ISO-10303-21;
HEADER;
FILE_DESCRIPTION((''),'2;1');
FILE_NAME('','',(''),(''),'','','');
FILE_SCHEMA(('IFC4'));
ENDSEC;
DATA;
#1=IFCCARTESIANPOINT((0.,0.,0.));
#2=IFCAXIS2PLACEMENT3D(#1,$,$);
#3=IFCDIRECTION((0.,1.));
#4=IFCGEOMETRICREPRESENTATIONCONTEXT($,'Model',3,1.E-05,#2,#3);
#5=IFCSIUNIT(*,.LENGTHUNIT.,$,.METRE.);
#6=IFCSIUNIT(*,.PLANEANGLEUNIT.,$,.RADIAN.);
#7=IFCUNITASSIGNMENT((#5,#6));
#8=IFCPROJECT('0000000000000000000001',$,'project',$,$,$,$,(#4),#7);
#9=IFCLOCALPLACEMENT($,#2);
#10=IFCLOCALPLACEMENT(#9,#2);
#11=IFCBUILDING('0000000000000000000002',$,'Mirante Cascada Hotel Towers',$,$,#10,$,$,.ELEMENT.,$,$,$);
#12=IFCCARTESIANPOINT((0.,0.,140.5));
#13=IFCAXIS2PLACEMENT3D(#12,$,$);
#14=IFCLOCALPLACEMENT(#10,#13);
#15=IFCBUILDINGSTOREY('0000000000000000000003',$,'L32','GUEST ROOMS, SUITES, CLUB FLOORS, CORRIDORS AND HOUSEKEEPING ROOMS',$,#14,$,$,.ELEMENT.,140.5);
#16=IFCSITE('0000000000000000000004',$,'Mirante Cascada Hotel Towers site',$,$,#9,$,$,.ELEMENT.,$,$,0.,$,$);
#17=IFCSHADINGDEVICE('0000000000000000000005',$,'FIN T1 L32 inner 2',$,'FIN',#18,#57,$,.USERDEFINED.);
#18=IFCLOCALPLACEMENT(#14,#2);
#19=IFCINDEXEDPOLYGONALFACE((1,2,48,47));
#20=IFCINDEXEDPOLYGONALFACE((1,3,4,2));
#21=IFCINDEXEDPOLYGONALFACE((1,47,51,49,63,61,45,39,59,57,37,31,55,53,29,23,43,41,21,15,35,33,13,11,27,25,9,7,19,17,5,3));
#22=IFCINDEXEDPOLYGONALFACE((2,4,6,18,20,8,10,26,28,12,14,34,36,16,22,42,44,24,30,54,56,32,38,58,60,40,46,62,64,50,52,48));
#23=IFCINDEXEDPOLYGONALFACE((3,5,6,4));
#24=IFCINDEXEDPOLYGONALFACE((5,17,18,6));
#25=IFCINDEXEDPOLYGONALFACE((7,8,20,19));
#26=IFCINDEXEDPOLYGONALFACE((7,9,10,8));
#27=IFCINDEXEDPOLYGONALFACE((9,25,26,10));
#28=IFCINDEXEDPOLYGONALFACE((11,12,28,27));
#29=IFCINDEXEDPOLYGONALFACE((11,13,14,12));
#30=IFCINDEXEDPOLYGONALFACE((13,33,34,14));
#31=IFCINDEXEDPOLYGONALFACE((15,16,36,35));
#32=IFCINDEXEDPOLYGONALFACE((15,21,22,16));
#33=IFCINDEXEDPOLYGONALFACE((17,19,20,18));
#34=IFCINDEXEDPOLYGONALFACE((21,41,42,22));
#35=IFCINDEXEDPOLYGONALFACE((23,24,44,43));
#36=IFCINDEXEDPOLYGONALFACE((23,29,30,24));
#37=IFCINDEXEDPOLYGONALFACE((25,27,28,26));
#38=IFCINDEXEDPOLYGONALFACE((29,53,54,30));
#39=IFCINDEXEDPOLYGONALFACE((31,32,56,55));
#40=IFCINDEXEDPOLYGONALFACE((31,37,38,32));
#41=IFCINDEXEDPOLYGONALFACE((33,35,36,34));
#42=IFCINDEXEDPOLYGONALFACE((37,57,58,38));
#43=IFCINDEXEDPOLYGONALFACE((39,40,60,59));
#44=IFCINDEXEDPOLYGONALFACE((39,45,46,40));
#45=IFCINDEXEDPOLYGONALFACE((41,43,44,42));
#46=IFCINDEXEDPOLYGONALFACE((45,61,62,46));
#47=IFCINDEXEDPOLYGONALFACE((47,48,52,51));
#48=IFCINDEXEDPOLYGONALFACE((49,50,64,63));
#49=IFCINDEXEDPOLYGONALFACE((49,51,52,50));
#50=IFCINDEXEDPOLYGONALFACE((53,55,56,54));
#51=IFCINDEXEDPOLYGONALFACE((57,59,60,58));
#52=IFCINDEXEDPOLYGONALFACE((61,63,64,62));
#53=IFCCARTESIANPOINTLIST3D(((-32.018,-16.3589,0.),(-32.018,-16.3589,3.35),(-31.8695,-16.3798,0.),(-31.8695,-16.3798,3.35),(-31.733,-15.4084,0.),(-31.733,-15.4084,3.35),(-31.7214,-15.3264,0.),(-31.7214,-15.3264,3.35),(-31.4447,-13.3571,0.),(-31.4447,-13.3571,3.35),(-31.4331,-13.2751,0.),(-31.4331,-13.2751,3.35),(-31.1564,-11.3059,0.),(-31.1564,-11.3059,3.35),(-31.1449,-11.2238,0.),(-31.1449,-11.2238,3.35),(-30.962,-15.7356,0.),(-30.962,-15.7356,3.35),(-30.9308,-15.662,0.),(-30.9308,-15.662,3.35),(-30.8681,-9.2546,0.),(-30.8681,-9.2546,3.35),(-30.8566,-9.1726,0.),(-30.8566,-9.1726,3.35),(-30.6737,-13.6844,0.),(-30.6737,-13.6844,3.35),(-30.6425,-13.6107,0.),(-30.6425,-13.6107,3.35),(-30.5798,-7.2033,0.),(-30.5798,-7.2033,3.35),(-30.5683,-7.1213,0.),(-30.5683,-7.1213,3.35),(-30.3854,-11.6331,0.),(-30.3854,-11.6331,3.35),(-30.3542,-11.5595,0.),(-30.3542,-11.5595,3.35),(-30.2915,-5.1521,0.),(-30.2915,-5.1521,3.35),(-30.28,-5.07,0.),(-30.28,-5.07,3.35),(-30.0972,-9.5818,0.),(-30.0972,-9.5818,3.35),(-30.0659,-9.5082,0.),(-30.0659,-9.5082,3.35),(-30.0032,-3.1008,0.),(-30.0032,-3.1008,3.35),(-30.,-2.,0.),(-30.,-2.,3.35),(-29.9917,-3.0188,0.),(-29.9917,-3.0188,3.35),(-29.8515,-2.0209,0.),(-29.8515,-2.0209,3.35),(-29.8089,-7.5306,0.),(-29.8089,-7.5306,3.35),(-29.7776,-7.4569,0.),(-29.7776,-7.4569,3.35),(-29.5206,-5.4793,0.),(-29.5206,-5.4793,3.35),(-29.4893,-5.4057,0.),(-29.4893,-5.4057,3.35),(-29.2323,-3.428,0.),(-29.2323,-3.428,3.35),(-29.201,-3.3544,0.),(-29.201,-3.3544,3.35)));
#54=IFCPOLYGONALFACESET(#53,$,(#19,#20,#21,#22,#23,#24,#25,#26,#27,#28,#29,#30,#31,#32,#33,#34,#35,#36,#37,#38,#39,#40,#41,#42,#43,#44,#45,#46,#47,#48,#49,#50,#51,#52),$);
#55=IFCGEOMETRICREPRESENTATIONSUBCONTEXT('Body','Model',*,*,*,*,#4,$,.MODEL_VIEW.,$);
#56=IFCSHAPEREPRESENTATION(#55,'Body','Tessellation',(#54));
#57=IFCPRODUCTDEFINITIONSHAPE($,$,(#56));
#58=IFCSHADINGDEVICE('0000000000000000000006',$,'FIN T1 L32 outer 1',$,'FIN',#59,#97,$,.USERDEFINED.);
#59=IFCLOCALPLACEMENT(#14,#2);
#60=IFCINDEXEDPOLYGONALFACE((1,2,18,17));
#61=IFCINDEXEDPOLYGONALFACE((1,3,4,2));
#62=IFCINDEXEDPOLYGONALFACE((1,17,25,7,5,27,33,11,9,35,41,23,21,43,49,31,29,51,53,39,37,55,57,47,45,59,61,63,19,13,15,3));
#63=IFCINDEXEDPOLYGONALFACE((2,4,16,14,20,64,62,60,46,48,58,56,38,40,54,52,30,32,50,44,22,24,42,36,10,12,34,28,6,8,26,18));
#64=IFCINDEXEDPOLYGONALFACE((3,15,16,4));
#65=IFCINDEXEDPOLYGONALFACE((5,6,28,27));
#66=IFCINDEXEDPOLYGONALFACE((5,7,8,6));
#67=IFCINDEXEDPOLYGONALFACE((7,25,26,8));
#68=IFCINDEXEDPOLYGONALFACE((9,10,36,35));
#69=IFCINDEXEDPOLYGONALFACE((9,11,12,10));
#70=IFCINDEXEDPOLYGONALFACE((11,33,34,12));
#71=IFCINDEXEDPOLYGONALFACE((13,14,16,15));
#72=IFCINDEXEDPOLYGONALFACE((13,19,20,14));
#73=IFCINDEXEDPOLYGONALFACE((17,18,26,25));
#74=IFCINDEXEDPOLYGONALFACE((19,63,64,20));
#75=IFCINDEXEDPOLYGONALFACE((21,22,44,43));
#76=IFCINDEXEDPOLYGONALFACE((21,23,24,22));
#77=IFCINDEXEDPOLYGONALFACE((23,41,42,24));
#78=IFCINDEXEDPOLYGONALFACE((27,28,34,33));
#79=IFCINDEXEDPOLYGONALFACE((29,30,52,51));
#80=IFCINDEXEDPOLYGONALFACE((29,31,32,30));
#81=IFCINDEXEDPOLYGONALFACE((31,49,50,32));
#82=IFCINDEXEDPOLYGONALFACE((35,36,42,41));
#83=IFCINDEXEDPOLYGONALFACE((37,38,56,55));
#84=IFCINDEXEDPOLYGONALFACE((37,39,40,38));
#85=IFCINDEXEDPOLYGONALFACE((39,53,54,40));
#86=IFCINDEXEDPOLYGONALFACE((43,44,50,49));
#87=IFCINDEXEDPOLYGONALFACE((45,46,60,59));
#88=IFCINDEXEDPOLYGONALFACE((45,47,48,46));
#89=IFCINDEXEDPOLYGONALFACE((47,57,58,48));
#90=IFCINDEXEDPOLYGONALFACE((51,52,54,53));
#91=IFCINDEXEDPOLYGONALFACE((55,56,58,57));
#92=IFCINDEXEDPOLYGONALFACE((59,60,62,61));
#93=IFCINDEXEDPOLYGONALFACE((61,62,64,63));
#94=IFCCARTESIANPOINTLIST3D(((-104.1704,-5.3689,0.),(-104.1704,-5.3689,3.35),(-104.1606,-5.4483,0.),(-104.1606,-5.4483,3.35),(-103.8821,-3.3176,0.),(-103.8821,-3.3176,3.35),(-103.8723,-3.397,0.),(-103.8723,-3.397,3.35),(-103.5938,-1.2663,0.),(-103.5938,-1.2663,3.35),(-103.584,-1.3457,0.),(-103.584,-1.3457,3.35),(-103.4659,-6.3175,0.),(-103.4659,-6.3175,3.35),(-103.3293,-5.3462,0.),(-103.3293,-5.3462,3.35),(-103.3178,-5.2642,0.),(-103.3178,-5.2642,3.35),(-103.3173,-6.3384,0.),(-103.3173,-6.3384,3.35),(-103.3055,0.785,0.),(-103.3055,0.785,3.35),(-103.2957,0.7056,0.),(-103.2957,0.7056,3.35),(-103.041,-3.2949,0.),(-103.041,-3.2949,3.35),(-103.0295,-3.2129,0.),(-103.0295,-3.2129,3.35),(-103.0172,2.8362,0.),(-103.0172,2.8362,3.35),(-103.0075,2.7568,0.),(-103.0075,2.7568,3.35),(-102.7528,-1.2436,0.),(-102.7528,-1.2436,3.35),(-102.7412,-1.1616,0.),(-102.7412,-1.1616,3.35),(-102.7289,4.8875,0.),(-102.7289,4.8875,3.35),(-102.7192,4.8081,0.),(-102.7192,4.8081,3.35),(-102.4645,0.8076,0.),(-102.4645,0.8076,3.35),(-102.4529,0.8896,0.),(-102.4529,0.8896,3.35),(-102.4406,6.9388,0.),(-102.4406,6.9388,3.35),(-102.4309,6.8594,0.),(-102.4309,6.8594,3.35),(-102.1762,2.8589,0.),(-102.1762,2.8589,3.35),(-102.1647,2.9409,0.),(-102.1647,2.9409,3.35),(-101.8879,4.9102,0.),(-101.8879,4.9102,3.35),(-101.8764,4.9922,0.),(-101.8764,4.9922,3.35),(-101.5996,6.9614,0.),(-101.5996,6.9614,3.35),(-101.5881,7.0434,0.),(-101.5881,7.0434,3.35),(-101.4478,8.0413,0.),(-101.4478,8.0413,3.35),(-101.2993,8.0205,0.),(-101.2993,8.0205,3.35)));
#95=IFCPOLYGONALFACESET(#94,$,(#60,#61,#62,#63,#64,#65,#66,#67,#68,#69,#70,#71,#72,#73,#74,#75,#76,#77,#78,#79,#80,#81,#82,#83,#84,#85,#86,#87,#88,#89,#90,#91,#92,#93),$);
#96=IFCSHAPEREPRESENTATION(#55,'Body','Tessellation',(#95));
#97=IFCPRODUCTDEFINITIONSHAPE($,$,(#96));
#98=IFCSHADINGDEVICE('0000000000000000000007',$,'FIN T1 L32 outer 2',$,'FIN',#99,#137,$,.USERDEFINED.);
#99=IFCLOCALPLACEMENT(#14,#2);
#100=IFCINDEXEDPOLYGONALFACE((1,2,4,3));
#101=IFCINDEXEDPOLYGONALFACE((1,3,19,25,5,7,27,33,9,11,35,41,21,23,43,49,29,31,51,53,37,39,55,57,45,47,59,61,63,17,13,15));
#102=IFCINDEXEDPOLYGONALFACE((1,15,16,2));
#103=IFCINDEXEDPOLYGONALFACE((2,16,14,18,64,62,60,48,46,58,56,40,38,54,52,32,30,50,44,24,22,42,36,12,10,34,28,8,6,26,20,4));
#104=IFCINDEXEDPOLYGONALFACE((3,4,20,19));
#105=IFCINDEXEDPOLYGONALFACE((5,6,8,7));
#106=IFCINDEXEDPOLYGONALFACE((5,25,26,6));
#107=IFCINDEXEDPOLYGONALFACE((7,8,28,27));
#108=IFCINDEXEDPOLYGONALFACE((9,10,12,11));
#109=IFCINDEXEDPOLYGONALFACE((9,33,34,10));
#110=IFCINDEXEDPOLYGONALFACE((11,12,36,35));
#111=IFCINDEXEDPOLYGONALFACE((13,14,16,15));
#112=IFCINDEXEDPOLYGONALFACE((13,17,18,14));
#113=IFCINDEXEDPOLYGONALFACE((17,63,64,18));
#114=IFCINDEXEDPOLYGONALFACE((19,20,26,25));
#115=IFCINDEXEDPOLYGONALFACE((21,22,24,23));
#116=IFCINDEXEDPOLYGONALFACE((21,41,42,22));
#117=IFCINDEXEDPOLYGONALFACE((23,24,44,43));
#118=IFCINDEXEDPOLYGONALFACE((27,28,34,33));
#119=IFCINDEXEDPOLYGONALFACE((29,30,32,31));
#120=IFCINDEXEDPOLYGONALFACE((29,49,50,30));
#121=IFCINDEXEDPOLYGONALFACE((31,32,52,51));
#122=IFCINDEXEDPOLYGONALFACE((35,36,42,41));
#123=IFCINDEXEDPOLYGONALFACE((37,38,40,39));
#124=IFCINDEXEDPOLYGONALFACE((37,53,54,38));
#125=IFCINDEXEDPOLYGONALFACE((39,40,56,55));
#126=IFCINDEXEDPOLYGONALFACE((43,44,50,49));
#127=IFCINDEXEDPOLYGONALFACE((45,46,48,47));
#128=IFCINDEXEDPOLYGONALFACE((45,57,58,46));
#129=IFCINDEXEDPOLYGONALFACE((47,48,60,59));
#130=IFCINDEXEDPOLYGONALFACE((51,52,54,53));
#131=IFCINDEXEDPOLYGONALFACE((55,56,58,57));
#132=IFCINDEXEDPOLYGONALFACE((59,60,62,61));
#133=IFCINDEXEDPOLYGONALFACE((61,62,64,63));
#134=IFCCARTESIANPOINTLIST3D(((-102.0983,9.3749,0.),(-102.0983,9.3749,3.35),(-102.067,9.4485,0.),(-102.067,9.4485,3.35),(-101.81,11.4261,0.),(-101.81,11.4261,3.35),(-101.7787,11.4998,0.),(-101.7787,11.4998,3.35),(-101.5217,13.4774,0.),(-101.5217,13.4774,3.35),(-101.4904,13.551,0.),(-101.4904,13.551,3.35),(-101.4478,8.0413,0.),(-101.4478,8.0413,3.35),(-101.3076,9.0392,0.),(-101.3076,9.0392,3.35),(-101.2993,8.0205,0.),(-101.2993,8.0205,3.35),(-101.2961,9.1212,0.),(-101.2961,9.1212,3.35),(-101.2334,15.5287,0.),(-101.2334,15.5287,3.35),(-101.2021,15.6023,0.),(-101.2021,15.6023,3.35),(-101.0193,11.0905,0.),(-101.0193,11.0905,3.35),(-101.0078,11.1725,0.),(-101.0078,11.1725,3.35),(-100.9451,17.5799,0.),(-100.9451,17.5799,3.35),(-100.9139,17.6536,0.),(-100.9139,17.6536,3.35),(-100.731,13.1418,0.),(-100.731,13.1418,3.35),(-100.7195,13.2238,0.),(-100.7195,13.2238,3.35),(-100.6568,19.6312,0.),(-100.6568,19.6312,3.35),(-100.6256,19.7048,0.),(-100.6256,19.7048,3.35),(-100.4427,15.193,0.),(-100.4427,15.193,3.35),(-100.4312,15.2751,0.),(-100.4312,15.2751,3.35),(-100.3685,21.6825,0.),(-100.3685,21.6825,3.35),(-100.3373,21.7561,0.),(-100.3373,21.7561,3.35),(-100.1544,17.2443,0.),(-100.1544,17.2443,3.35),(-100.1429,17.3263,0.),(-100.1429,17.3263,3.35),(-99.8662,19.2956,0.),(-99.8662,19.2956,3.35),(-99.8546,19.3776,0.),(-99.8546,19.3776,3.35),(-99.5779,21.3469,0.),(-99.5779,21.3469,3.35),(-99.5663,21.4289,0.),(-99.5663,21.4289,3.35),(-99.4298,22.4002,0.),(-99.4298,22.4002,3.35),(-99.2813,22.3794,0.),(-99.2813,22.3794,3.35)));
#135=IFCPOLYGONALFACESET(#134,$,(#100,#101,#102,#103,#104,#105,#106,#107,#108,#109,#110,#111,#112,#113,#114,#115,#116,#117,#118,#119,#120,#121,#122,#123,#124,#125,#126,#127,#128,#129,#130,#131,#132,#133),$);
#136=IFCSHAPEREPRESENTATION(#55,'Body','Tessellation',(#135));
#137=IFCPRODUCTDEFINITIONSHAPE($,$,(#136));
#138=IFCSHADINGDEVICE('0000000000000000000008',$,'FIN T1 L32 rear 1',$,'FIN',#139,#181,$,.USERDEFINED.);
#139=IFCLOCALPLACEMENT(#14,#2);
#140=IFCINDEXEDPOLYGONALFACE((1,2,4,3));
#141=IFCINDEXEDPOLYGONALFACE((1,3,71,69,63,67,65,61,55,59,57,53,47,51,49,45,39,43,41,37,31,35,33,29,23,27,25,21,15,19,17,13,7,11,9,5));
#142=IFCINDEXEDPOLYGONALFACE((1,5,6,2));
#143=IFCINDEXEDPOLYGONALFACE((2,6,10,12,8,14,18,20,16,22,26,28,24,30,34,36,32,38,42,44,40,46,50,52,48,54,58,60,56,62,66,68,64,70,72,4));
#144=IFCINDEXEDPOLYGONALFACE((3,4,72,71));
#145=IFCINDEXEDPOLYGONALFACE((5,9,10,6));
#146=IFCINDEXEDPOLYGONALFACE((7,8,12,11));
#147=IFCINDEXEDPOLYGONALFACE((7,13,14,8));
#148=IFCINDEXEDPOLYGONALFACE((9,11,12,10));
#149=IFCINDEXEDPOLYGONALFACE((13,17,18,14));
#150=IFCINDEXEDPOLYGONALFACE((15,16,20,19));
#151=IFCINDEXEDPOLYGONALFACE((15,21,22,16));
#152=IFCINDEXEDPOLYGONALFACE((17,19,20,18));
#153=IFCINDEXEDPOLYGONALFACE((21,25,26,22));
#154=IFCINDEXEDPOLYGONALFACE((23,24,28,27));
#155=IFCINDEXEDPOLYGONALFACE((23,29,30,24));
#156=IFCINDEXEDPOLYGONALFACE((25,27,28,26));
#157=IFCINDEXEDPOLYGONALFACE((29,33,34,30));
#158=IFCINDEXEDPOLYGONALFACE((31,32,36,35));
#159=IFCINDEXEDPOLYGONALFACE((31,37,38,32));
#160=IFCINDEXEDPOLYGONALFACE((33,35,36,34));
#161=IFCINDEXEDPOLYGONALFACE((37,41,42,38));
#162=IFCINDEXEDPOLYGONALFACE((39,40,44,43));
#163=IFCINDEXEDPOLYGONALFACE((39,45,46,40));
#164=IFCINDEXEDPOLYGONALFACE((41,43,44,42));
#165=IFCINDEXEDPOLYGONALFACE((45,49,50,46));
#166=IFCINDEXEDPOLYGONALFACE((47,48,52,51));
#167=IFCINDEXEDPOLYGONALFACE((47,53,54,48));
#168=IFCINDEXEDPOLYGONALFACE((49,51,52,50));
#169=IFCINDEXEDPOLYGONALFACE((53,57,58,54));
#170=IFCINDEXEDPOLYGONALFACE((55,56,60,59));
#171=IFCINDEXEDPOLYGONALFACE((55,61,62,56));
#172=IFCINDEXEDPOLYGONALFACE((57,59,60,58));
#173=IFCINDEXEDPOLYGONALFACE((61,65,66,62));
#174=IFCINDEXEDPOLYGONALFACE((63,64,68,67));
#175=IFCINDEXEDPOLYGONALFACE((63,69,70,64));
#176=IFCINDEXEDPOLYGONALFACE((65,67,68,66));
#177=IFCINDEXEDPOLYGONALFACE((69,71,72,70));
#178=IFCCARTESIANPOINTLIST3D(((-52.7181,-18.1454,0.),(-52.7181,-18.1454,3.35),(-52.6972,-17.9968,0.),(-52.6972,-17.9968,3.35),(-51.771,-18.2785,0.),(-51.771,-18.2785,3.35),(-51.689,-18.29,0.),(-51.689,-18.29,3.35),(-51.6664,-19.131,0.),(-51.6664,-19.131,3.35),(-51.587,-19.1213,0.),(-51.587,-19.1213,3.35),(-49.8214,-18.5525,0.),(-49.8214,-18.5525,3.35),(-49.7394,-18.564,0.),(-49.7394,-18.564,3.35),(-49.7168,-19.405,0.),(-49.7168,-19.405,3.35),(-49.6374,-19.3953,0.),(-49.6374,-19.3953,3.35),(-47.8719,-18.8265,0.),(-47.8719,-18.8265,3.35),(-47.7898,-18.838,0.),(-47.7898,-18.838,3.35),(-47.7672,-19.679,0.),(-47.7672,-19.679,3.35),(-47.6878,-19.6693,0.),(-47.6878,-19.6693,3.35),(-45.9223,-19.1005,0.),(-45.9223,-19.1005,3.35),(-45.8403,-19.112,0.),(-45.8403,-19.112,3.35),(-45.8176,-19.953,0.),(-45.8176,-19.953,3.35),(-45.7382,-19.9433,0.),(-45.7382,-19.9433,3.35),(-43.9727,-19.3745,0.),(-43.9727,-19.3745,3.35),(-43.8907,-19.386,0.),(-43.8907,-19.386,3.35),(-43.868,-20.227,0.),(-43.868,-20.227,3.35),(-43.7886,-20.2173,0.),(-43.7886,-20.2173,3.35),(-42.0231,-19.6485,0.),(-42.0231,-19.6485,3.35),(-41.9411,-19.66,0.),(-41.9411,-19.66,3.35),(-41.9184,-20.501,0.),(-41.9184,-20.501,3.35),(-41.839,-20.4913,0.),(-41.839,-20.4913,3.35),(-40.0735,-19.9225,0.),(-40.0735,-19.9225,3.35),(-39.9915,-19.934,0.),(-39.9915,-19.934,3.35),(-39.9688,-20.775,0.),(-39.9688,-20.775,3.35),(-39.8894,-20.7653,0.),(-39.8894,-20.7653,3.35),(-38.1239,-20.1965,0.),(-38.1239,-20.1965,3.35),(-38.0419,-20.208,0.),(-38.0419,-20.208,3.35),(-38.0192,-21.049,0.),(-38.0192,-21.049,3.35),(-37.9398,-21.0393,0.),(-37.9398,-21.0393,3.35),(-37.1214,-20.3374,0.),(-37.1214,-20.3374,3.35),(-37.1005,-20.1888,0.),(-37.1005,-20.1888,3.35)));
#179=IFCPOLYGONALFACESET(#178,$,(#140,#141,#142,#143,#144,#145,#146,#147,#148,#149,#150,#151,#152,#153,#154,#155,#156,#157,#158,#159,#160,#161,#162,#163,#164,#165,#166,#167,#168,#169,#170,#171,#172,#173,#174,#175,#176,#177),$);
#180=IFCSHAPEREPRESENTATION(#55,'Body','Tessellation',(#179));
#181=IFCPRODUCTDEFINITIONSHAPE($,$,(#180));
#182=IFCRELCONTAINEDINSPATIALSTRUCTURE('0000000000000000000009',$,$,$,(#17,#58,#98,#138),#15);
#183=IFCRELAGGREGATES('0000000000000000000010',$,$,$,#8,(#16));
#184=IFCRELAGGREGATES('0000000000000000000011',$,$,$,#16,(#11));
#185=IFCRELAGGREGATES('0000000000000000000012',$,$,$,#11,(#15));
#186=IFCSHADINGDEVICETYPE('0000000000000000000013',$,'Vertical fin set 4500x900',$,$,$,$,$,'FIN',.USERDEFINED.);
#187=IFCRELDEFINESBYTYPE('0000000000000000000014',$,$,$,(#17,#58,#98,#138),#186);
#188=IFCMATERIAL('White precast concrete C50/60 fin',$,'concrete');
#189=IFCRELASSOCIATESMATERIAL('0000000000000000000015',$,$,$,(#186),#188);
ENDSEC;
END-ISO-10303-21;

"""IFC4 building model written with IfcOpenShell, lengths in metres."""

from ifc_helpers import new_model, si_unit, direction, frame, origin, place, context, subcontext, project, spatial, polyline, outline, extrude, material, type_object, element, save


model = new_model("IFC4")

# Units and contexts
model_context = context("Model", 3, precision=1e-05, world=origin(), true_north=direction((0.0, 1.0)))
body_context = subcontext(model_context, "Body", "Model", "MODEL_VIEW")
ifc_project = project(units=[si_unit("LENGTHUNIT", "METRE"), si_unit("PLANEANGLEUNIT", "RADIAN")], contexts=[model_context])

# Site, building, storey
site_placement = place(None, origin())
site = spatial("IfcSite", under=ifc_project, at=site_placement, Name="Mirante Cascada Hotel Towers site", CompositionType="ELEMENT", RefElevation=0.0)
building_placement = place(site_placement, origin())
building = spatial("IfcBuilding", under=site, at=building_placement, Name="Mirante Cascada Hotel Towers", CompositionType="ELEMENT")
storey_placement = place(building_placement, frame((0.0, 0.0, 140.5)))
storey = spatial("IfcBuildingStorey", under=building, at=storey_placement, Name="L32", Description="GUEST ROOMS, SUITES, CLUB FLOORS, CORRIDORS AND HOUSEKEEPING ROOMS", CompositionType="ELEMENT", Elevation=140.5)

# Shading devices
ifc_material_1 = material(Name="White precast concrete C50/60 fin", Category="concrete")
shading_device_type = type_object("IfcShadingDeviceType", Name="Vertical fin set 4500x900", ElementType="FIN", PredefinedType="USERDEFINED", material=ifc_material_1)
shading_device_1_placement = place(storey_placement, origin())
element("IfcShadingDevice", 1, at=shading_device_1_placement, inside=storey, type_object=shading_device_type, Name="FIN T1 L32 inner 2", ObjectType="FIN", PredefinedType="USERDEFINED", context=body_context, shape_type="SweptSolid", body=[
    extrude(outline(polyline([(-31.733, -15.4084), (-31.8695, -16.3798), (-32.018, -16.3589), (-30.0, -2.0), (-29.8515, -2.0209), (-29.9917, -3.0188), (-29.201, -3.3544), (-29.2323, -3.428), (-30.0032, -3.1008), (-30.28, -5.07), (-29.4893, -5.4057), (-29.5206, -5.4793), (-30.2915, -5.1521), (-30.5683, -7.1213), (-29.7776, -7.4569), (-29.8089, -7.5306), (-30.5798, -7.2033), (-30.8566, -9.1726), (-30.0659, -9.5082), (-30.0972, -9.5818), (-30.8681, -9.2546), (-31.1449, -11.2238), (-30.3542, -11.5595), (-30.3854, -11.6331), (-31.1564, -11.3059), (-31.4331, -13.2751), (-30.6425, -13.6107), (-30.6737, -13.6844), (-31.4447, -13.3571), (-31.7214, -15.3264), (-30.9308, -15.662), (-30.962, -15.7356), (-31.733, -15.4084)])), origin(), (0.0, 0.0, 1.0), 3.35),
])
shading_device_2_placement = place(storey_placement, origin())
element("IfcShadingDevice", 2, at=shading_device_2_placement, inside=storey, type_object=shading_device_type, Name="FIN T1 L32 outer 1", ObjectType="FIN", PredefinedType="USERDEFINED", context=body_context, shape_type="SweptSolid", body=[
    extrude(outline(polyline([(-103.3178, -5.2642), (-103.041, -3.2949), (-103.8723, -3.397), (-103.8821, -3.3176), (-103.0295, -3.2129), (-102.7528, -1.2436), (-103.584, -1.3457), (-103.5938, -1.2663), (-102.7412, -1.1616), (-102.4645, 0.8076), (-103.2957, 0.7056), (-103.3055, 0.785), (-102.4529, 0.8896), (-102.1762, 2.8589), (-103.0075, 2.7568), (-103.0172, 2.8362), (-102.1647, 2.9409), (-101.8879, 4.9102), (-102.7192, 4.8081), (-102.7289, 4.8875), (-101.8764, 4.9922), (-101.5996, 6.9614), (-102.4309, 6.8594), (-102.4406, 6.9388), (-101.5881, 7.0434), (-101.4478, 8.0413), (-101.2993, 8.0205), (-103.3173, -6.3384), (-103.4659, -6.3175), (-103.3293, -5.3462), (-104.1606, -5.4483), (-104.1704, -5.3689), (-103.3178, -5.2642)])), origin(), (0.0, 0.0, 1.0), 3.35),
])
shading_device_3_placement = place(storey_placement, origin())
element("IfcShadingDevice", 3, at=shading_device_3_placement, inside=storey, type_object=shading_device_type, Name="FIN T1 L32 outer 2", ObjectType="FIN", PredefinedType="USERDEFINED", context=body_context, shape_type="SweptSolid", body=[
    extrude(outline(polyline([(-101.2961, 9.1212), (-101.0193, 11.0905), (-101.81, 11.4261), (-101.7787, 11.4998), (-101.0078, 11.1725), (-100.731, 13.1418), (-101.5217, 13.4774), (-101.4904, 13.551), (-100.7195, 13.2238), (-100.4427, 15.193), (-101.2334, 15.5287), (-101.2021, 15.6023), (-100.4312, 15.2751), (-100.1544, 17.2443), (-100.9451, 17.5799), (-100.9139, 17.6536), (-100.1429, 17.3263), (-99.8662, 19.2956), (-100.6568, 19.6312), (-100.6256, 19.7048), (-99.8546, 19.3776), (-99.5779, 21.3469), (-100.3685, 21.6825), (-100.3373, 21.7561), (-99.5663, 21.4289), (-99.4298, 22.4002), (-99.2813, 22.3794), (-101.2993, 8.0205), (-101.4478, 8.0413), (-101.3076, 9.0392), (-102.0983, 9.3749), (-102.067, 9.4485), (-101.2961, 9.1212)])), origin(), (0.0, 0.0, 1.0), 3.35),
])
shading_device_4_placement = place(storey_placement, origin())
element("IfcShadingDevice", 4, at=shading_device_4_placement, inside=storey, type_object=shading_device_type, Name="FIN T1 L32 rear 1", ObjectType="FIN", PredefinedType="USERDEFINED", context=body_context, shape_type="SweptSolid", body=[
    extrude(outline(polyline([(-38.1239, -20.1965), (-39.9915, -19.934), (-39.8894, -20.7653), (-39.9688, -20.775), (-40.0735, -19.9225), (-41.9411, -19.66), (-41.839, -20.4913), (-41.9184, -20.501), (-42.0231, -19.6485), (-43.8907, -19.386), (-43.7886, -20.2173), (-43.868, -20.227), (-43.9727, -19.3745), (-45.8403, -19.112), (-45.7382, -19.9433), (-45.8176, -19.953), (-45.9223, -19.1005), (-47.7898, -18.838), (-47.6878, -19.6693), (-47.7672, -19.679), (-47.8719, -18.8265), (-49.7394, -18.564), (-49.6374, -19.3953), (-49.7168, -19.405), (-49.8214, -18.5525), (-51.689, -18.29), (-51.587, -19.1213), (-51.6664, -19.131), (-51.771, -18.2785), (-52.7181, -18.1454), (-52.6972, -17.9968), (-37.1005, -20.1888), (-37.1214, -20.3374), (-38.0419, -20.208), (-37.9398, -21.0393), (-38.0192, -21.049), (-38.1239, -20.1965)])), origin(), (0.0, 0.0, 1.0), 3.35),
])

save(model, "model.ifc")
